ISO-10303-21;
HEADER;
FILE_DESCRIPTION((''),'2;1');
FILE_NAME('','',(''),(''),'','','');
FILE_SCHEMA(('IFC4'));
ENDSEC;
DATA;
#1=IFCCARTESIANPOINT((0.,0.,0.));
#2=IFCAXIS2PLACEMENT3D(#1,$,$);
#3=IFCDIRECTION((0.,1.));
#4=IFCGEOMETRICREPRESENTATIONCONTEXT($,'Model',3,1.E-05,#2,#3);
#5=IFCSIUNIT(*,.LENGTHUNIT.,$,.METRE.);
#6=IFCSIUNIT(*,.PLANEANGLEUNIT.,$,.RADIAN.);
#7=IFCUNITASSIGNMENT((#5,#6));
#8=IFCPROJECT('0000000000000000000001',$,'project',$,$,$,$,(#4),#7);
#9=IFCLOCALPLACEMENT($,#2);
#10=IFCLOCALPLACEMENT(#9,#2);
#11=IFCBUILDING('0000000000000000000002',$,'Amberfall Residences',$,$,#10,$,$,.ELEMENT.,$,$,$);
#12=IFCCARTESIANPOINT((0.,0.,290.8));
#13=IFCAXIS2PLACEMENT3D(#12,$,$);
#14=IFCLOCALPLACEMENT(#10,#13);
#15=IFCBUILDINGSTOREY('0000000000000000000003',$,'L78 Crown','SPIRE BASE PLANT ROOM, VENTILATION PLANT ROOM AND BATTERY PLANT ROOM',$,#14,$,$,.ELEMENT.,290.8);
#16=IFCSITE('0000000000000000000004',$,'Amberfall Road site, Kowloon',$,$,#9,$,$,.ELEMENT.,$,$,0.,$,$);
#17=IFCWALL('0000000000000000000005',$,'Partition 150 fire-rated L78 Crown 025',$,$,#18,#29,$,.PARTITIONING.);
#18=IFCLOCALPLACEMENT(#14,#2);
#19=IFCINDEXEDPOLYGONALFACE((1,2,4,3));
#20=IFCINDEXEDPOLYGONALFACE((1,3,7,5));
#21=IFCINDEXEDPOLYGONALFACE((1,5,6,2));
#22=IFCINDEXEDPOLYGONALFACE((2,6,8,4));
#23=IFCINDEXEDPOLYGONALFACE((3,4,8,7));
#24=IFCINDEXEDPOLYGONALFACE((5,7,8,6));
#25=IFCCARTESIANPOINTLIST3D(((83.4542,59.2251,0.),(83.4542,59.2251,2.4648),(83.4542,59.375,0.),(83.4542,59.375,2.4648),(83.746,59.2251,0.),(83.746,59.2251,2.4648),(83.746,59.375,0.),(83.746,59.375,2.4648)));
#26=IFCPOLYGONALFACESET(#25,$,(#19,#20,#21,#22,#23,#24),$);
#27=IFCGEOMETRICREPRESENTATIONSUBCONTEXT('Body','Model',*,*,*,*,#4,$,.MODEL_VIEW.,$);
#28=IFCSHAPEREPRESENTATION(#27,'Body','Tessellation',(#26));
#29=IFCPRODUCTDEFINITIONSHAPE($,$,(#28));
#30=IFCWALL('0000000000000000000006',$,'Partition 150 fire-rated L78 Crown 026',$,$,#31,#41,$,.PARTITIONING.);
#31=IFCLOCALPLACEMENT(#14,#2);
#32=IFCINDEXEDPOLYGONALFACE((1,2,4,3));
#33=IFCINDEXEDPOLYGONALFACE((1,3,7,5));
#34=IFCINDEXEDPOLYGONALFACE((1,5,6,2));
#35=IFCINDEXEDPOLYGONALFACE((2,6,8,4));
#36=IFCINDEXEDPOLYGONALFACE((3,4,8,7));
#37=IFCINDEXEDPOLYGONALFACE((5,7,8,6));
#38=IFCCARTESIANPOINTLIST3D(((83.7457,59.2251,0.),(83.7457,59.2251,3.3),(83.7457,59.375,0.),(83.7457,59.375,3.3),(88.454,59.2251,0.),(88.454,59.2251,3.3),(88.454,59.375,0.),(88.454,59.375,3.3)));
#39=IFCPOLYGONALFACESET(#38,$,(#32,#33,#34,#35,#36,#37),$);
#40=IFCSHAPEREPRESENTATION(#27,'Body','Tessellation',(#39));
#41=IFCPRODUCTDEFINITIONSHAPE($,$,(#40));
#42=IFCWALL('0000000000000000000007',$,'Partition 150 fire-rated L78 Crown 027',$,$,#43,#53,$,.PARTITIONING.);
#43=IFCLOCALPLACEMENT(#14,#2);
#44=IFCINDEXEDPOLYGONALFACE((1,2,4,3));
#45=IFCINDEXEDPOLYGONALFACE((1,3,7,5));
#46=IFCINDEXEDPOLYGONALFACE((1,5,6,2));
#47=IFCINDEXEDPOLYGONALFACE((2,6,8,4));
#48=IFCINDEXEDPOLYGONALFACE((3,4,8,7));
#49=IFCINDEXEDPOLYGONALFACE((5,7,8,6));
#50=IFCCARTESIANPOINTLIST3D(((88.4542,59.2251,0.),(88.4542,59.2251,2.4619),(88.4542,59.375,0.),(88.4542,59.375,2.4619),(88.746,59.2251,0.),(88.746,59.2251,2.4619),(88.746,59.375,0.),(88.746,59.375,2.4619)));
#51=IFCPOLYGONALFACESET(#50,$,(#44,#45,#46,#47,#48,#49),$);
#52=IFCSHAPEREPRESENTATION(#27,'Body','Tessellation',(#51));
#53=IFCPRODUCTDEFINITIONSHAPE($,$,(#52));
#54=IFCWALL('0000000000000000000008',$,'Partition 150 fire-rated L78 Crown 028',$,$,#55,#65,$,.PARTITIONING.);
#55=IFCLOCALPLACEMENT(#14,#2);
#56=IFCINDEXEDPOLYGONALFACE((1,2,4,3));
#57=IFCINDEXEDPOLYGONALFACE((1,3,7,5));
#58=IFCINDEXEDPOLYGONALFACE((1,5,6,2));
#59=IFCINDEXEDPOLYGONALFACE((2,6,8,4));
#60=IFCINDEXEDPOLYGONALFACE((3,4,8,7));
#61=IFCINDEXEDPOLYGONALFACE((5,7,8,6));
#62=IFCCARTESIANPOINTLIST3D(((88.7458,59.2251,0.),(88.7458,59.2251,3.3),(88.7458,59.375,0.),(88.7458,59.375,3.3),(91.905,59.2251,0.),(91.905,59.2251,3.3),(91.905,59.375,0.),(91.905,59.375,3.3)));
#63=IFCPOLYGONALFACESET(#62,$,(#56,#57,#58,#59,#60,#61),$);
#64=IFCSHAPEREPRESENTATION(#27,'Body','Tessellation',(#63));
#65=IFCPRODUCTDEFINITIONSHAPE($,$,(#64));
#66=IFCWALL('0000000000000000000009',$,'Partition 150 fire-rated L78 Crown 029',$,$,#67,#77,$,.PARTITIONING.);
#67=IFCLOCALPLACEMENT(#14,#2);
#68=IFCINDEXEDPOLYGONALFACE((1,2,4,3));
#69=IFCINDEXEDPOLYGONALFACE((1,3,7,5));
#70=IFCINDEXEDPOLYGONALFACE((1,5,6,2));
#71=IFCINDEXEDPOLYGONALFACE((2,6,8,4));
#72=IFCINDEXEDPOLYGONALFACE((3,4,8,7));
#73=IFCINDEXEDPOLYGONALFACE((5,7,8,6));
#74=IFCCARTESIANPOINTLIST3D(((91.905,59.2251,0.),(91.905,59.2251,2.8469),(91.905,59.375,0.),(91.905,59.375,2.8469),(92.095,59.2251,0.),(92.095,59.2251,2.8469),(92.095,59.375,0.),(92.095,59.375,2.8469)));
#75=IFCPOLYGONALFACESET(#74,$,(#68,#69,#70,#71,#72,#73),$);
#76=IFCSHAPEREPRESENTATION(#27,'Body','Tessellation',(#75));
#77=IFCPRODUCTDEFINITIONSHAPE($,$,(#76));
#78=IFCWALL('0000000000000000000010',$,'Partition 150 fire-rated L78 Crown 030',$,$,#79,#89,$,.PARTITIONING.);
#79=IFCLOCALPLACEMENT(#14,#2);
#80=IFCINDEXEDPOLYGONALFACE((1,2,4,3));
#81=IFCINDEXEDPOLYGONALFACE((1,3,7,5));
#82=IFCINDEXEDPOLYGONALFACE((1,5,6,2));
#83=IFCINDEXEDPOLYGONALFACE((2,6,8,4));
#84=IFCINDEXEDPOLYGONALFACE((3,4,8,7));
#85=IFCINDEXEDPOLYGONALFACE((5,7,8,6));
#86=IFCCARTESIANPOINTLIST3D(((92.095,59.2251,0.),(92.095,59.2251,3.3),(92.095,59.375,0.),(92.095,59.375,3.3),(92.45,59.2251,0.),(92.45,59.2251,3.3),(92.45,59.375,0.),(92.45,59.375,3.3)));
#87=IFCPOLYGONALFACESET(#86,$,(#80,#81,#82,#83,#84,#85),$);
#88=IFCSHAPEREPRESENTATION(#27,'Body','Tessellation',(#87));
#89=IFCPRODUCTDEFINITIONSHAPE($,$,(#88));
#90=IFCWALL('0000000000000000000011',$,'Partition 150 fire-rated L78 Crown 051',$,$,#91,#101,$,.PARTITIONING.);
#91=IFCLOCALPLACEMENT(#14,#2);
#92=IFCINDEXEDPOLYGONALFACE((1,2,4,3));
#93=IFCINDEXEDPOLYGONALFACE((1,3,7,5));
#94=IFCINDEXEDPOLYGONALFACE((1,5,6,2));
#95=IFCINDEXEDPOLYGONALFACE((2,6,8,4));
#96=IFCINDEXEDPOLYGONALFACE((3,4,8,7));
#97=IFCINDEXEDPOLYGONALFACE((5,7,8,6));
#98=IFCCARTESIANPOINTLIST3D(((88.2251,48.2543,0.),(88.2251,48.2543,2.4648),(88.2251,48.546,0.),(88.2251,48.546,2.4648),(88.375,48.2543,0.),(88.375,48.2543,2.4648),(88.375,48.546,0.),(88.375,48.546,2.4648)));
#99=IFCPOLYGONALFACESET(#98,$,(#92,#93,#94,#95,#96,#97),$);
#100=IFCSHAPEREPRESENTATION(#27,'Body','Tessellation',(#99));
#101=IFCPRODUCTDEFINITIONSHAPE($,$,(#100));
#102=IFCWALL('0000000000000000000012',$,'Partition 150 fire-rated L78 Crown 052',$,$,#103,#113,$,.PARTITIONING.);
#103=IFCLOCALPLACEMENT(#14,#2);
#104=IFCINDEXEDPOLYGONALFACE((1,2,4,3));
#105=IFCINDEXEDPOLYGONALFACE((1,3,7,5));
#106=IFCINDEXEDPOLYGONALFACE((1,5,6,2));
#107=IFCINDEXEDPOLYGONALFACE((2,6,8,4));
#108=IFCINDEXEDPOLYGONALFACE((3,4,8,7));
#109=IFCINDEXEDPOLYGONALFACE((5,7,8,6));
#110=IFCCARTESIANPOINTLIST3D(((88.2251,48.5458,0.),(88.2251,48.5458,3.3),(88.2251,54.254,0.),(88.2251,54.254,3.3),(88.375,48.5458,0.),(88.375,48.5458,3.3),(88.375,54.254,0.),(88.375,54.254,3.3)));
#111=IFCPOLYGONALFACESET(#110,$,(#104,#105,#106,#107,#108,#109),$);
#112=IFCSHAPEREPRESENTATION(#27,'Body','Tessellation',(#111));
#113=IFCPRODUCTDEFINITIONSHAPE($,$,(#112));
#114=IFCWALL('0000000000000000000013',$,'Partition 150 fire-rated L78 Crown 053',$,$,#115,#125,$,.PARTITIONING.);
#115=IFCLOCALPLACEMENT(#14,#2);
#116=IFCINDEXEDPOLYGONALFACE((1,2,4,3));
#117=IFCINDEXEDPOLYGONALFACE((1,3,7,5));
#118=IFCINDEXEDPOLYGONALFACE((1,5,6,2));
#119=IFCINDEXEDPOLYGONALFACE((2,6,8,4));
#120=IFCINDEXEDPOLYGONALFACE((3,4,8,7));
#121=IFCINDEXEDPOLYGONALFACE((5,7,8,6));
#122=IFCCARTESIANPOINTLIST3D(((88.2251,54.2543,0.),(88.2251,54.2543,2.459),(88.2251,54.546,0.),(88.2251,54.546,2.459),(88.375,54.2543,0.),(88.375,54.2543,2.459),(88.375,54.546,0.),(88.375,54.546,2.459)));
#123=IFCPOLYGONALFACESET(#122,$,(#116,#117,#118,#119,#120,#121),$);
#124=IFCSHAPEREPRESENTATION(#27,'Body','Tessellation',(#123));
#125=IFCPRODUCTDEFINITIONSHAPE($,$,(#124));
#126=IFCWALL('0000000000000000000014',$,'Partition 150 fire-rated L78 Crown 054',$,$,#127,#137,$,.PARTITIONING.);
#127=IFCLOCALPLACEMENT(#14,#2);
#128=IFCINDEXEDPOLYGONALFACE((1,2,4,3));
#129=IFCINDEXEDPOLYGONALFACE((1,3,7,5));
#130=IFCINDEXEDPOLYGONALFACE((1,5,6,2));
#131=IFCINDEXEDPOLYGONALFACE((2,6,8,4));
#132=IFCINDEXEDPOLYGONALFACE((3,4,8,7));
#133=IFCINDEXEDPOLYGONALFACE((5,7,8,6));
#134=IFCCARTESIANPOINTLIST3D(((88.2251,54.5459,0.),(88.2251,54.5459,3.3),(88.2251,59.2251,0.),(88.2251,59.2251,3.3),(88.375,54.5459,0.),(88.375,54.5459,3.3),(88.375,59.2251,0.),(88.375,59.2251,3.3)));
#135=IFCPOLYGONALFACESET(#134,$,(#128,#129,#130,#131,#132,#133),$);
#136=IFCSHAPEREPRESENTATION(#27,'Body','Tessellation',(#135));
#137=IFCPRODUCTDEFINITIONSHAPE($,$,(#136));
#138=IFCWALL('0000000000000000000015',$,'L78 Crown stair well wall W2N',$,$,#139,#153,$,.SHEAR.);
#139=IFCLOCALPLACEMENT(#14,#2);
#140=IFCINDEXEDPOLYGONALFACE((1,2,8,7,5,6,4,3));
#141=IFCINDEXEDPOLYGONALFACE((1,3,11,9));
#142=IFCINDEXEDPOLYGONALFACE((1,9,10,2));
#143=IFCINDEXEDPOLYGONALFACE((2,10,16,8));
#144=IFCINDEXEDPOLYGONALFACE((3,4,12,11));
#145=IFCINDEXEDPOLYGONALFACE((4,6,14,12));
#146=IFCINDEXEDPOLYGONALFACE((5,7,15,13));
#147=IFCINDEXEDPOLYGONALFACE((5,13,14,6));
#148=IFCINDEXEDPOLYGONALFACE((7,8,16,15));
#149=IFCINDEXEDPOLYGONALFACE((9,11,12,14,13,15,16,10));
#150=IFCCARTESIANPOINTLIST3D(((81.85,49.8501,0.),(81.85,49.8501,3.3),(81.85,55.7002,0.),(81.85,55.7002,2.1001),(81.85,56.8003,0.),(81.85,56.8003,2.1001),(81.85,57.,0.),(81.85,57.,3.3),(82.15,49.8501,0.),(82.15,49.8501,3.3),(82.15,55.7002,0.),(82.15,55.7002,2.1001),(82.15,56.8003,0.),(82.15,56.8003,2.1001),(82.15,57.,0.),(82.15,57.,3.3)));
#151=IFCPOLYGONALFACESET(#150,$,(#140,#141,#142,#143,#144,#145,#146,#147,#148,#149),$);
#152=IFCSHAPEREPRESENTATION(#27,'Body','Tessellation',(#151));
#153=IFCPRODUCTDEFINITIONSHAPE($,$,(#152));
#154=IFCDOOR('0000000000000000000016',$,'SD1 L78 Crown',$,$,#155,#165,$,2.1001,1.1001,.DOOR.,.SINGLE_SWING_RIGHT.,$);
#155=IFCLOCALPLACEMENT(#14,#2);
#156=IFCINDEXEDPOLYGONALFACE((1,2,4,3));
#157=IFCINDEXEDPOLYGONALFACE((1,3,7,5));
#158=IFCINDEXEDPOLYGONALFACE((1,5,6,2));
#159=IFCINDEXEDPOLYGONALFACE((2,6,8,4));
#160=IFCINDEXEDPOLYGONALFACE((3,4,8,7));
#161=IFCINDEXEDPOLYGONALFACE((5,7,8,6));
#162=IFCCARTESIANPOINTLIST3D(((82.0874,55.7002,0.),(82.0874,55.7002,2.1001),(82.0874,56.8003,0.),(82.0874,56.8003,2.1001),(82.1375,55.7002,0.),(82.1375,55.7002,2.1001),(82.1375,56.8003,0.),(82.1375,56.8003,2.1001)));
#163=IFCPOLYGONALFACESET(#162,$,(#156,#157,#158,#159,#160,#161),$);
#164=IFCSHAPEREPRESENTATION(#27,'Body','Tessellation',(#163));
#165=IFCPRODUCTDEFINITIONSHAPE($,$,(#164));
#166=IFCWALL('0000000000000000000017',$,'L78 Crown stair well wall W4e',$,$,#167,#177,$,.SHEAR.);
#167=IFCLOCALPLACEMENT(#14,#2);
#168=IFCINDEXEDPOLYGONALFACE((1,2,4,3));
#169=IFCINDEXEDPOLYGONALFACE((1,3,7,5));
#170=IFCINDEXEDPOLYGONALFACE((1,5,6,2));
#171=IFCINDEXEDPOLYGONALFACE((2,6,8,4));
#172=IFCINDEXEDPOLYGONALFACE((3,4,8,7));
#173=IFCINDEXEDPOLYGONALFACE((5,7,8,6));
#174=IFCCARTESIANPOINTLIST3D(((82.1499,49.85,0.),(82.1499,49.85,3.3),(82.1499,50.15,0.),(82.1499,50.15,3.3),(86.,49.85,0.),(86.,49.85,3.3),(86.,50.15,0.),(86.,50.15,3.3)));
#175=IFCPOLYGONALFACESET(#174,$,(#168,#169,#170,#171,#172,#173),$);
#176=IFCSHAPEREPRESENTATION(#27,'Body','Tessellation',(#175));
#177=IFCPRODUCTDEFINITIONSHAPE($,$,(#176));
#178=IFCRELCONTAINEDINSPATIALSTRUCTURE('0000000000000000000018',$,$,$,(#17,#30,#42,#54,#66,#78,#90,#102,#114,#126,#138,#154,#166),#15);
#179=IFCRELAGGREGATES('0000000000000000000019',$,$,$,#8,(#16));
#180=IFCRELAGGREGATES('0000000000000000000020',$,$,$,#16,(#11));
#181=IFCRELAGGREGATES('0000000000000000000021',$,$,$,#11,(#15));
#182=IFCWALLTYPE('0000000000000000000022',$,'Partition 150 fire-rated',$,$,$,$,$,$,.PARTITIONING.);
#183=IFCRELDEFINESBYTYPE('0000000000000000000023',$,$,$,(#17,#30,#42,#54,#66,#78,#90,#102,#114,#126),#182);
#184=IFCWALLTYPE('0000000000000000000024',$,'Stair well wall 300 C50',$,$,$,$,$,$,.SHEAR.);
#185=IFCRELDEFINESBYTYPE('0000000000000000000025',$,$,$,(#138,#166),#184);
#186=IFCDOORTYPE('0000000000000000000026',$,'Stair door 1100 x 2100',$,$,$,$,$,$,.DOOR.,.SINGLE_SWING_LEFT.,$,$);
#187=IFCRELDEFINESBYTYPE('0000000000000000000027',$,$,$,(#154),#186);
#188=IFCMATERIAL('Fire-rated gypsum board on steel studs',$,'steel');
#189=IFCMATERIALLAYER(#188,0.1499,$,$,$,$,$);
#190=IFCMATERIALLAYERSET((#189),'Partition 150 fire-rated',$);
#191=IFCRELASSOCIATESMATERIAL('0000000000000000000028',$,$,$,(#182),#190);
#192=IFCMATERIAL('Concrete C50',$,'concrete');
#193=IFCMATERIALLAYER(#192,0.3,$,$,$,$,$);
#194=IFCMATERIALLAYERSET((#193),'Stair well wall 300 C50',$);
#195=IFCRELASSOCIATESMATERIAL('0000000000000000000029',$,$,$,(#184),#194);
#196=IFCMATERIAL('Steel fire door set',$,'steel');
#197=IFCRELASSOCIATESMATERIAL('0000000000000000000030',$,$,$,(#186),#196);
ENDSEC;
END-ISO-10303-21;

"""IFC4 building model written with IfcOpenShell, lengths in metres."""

from ifc_helpers import new_model, si_unit, direction, frame, frame_2d, origin, place, context, subcontext, project, spatial, rectangle, extrude, material, layer, layer_set, type_object, element, fill, save


model = new_model("IFC4")

# Units and contexts
model_context = context("Model", 3, precision=1e-05, world=origin(), true_north=direction((0.0, 1.0)))
body_context = subcontext(model_context, "Body", "Model", "MODEL_VIEW")
ifc_project = project(units=[si_unit("LENGTHUNIT", "METRE"), si_unit("PLANEANGLEUNIT", "RADIAN")], contexts=[model_context])

# Site, building, storey
site_placement = place(None, origin())
site = spatial("IfcSite", under=ifc_project, at=site_placement, Name="Amberfall Road site, Kowloon", CompositionType="ELEMENT", RefElevation=0.0)
building_placement = place(site_placement, origin())
building = spatial("IfcBuilding", under=site, at=building_placement, Name="Amberfall Residences", CompositionType="ELEMENT")
storey_placement = place(building_placement, frame((0.0, 0.0, 290.8)))
storey = spatial("IfcBuildingStorey", under=building, at=storey_placement, Name="L78 Crown", Description="SPIRE BASE PLANT ROOM, VENTILATION PLANT ROOM AND BATTERY PLANT ROOM", CompositionType="ELEMENT", Elevation=290.8)

# Shared definitions
ifc_material_1 = material(Name="Concrete C50", Category="concrete")

# Shared definitions
ifc_material_2 = material(Name="Fire-rated gypsum board on steel studs", Category="steel")
ifc_layer_1 = layer(ifc_material_2, 0.1499)
ifc_layer_set_1 = layer_set([ifc_layer_1], Name="Partition 150 fire-rated")
wall_type_1 = type_object("IfcWallType", Name="Partition 150 fire-rated", PredefinedType="PARTITIONING", material=ifc_layer_set_1)

# Walls
wall_1_placement = place(storey_placement, frame((83.4541, 59.3, 0.0), z_axis=(0.0, 0.0, 1.0), x_axis=(1.0, 0.0, 0.0)))
element("IfcWall", 1, at=wall_1_placement, inside=storey, type_object=wall_type_1, Name="Partition 150 fire-rated L78 Crown 025", PredefinedType="PARTITIONING", context=body_context, shape_type="SweptSolid", body=[
    extrude(rectangle(XDim=0.2917, YDim=0.1499, at=frame_2d((0.146, 0.0))), origin(), (0.0, 0.0, 1.0), 2.4648),
])
wall_2_placement = place(storey_placement, frame((83.7458, 59.3, 0.0), z_axis=(0.0, 0.0, 1.0), x_axis=(1.0, 0.0, 0.0)))
element("IfcWall", 2, at=wall_2_placement, inside=storey, type_object=wall_type_1, Name="Partition 150 fire-rated L78 Crown 026", PredefinedType="PARTITIONING", context=body_context, shape_type="SweptSolid", body=[
    extrude(rectangle(XDim=4.7083, YDim=0.1499, at=frame_2d((2.354, 0.0))), origin(), (0.0, 0.0, 1.0), 3.3),
])
wall_3_placement = place(storey_placement, frame((88.4541, 59.3, 0.0), z_axis=(0.0, 0.0, 1.0), x_axis=(1.0, 0.0, 0.0)))
element("IfcWall", 3, at=wall_3_placement, inside=storey, type_object=wall_type_1, Name="Partition 150 fire-rated L78 Crown 027", PredefinedType="PARTITIONING", context=body_context, shape_type="SweptSolid", body=[
    extrude(rectangle(XDim=0.2917, YDim=0.1499, at=frame_2d((0.146, 0.0))), origin(), (0.0, 0.0, 1.0), 2.4619),
])
wall_4_placement = place(storey_placement, frame((88.7458, 59.3, 0.0), z_axis=(0.0, 0.0, 1.0), x_axis=(1.0, 0.0, 0.0)))
element("IfcWall", 4, at=wall_4_placement, inside=storey, type_object=wall_type_1, Name="Partition 150 fire-rated L78 Crown 028", PredefinedType="PARTITIONING", context=body_context, shape_type="SweptSolid", body=[
    extrude(rectangle(XDim=3.1592, YDim=0.1499, at=frame_2d((1.5796, 0.0))), origin(), (0.0, 0.0, 1.0), 3.3),
])
wall_5_placement = place(storey_placement, frame((91.905, 59.3, 0.0), z_axis=(0.0, 0.0, 1.0), x_axis=(1.0, 0.0, 0.0)))
element("IfcWall", 5, at=wall_5_placement, inside=storey, type_object=wall_type_1, Name="Partition 150 fire-rated L78 Crown 029", PredefinedType="PARTITIONING", context=body_context, shape_type="SweptSolid", body=[
    extrude(rectangle(XDim=0.1899, YDim=0.1499, at=frame_2d((0.095, 0.0))), origin(), (0.0, 0.0, 1.0), 2.8469),
])
wall_6_placement = place(storey_placement, frame((92.095, 59.3, 0.0), z_axis=(0.0, 0.0, 1.0), x_axis=(1.0, 0.0, 0.0)))
element("IfcWall", 6, at=wall_6_placement, inside=storey, type_object=wall_type_1, Name="Partition 150 fire-rated L78 Crown 030", PredefinedType="PARTITIONING", context=body_context, shape_type="SweptSolid", body=[
    extrude(rectangle(XDim=0.355, YDim=0.1499, at=frame_2d((0.1775, 0.0))), origin(), (0.0, 0.0, 1.0), 3.3),
])
wall_7_placement = place(storey_placement, frame((88.3, 48.2542, 0.0), z_axis=(0.0, 0.0, 1.0), x_axis=(0.0, 1.0, 0.0)))
element("IfcWall", 7, at=wall_7_placement, inside=storey, type_object=wall_type_1, Name="Partition 150 fire-rated L78 Crown 051", PredefinedType="PARTITIONING", context=body_context, shape_type="SweptSolid", body=[
    extrude(rectangle(XDim=0.2917, YDim=0.1499, at=frame_2d((0.146, 0.0))), origin(), (0.0, 0.0, 1.0), 2.4648),
])
wall_8_placement = place(storey_placement, frame((88.3, 48.5459, 0.0), z_axis=(0.0, 0.0, 1.0), x_axis=(0.0, 1.0, 0.0)))
element("IfcWall", 8, at=wall_8_placement, inside=storey, type_object=wall_type_1, Name="Partition 150 fire-rated L78 Crown 052", PredefinedType="PARTITIONING", context=body_context, shape_type="SweptSolid", body=[
    extrude(rectangle(XDim=5.7083, YDim=0.1499, at=frame_2d((2.854, 0.0))), origin(), (0.0, 0.0, 1.0), 3.3),
])
wall_9_placement = place(storey_placement, frame((88.3, 54.2542, 0.0), z_axis=(0.0, 0.0, 1.0), x_axis=(0.0, 1.0, 0.0)))
element("IfcWall", 9, at=wall_9_placement, inside=storey, type_object=wall_type_1, Name="Partition 150 fire-rated L78 Crown 053", PredefinedType="PARTITIONING", context=body_context, shape_type="SweptSolid", body=[
    extrude(rectangle(XDim=0.2917, YDim=0.1499, at=frame_2d((0.146, 0.0))), origin(), (0.0, 0.0, 1.0), 2.459),
])
wall_10_placement = place(storey_placement, frame((88.3, 54.5459, 0.0), z_axis=(0.0, 0.0, 1.0), x_axis=(0.0, 1.0, 0.0)))
element("IfcWall", 10, at=wall_10_placement, inside=storey, type_object=wall_type_1, Name="Partition 150 fire-rated L78 Crown 054", PredefinedType="PARTITIONING", context=body_context, shape_type="SweptSolid", body=[
    extrude(rectangle(XDim=4.6792, YDim=0.1499, at=frame_2d((2.3396, 0.0))), origin(), (0.0, 0.0, 1.0), 3.3),
])

# Wall, opening, door
ifc_layer_2 = layer(ifc_material_1, 0.3)
ifc_layer_set_2 = layer_set([ifc_layer_2], Name="Stair well wall 300 C50")
wall_type_2 = type_object("IfcWallType", Name="Stair well wall 300 C50", PredefinedType="SHEAR", material=ifc_layer_set_2)
wall_11_placement = place(storey_placement, frame((82.0, 49.8501, 0.0), z_axis=(0.0, 0.0, 1.0), x_axis=(0.0, 1.0, 0.0)))
wall_11 = element("IfcWall", 11, at=wall_11_placement, inside=storey, type_object=wall_type_2, Name="L78 Crown stair well wall W2N", PredefinedType="SHEAR", context=body_context, shape_type="SweptSolid", body=[
    extrude(rectangle(XDim=7.1499, YDim=0.3, at=frame_2d((3.575, 0.0))), origin(), (0.0, 0.0, 1.0), 3.3),
])
opening_1_placement = place(wall_11_placement, frame((5.8501, 0.0, 0.0)))
opening_1 = element("IfcOpeningElement", 12, at=opening_1_placement, cuts=wall_11, PredefinedType="OPENING", context=body_context, shape_type="SweptSolid", body=[
    extrude(rectangle(XDim=1.1001, YDim=2.1001, at=frame_2d((0.55, 1.05))), frame((0.0, 0.1599, 0.0), z_axis=(0.0, -1.0, 0.0), x_axis=(1.0, 0.0, 0.0)), (0.0, 0.0, 1.0), 0.3201),
])
ifc_material_3 = material(Name="Steel fire door set", Category="steel")
door_type_1 = type_object("IfcDoorType", Name="Stair door 1100 x 2100", OperationType="SINGLE_SWING_LEFT", PredefinedType="DOOR", material=ifc_material_3)
door_1_placement = place(opening_1_placement, origin())
door_1 = element("IfcDoor", 13, at=door_1_placement, inside=storey, type_object=door_type_1, Name="SD1 L78 Crown", OperationType="SINGLE_SWING_RIGHT", OverallHeight=2.1001, OverallWidth=1.1001, PredefinedType="DOOR", context=body_context, shape_type="SweptSolid", body=[
    extrude(rectangle(XDim=1.1001, YDim=2.1001, at=frame_2d((0.55, 1.05))), frame((0.0, -0.0874, 0.0), z_axis=(0.0, -1.0, 0.0), x_axis=(1.0, 0.0, 0.0)), (0.0, 0.0, 1.0), 0.05),
])
fill(opening_1, door_1)

# Wall
wall_12_placement = place(storey_placement, frame((82.1499, 50.0, 0.0), z_axis=(0.0, 0.0, 1.0), x_axis=(1.0, 0.0, 0.0)))
element("IfcWall", 14, at=wall_12_placement, inside=storey, type_object=wall_type_2, Name="L78 Crown stair well wall W4e", PredefinedType="SHEAR", context=body_context, shape_type="SweptSolid", body=[
    extrude(rectangle(XDim=3.8501, YDim=0.3, at=frame_2d((1.925, 0.0))), origin(), (0.0, 0.0, 1.0), 3.3),
])

save(model, "model.ifc")
